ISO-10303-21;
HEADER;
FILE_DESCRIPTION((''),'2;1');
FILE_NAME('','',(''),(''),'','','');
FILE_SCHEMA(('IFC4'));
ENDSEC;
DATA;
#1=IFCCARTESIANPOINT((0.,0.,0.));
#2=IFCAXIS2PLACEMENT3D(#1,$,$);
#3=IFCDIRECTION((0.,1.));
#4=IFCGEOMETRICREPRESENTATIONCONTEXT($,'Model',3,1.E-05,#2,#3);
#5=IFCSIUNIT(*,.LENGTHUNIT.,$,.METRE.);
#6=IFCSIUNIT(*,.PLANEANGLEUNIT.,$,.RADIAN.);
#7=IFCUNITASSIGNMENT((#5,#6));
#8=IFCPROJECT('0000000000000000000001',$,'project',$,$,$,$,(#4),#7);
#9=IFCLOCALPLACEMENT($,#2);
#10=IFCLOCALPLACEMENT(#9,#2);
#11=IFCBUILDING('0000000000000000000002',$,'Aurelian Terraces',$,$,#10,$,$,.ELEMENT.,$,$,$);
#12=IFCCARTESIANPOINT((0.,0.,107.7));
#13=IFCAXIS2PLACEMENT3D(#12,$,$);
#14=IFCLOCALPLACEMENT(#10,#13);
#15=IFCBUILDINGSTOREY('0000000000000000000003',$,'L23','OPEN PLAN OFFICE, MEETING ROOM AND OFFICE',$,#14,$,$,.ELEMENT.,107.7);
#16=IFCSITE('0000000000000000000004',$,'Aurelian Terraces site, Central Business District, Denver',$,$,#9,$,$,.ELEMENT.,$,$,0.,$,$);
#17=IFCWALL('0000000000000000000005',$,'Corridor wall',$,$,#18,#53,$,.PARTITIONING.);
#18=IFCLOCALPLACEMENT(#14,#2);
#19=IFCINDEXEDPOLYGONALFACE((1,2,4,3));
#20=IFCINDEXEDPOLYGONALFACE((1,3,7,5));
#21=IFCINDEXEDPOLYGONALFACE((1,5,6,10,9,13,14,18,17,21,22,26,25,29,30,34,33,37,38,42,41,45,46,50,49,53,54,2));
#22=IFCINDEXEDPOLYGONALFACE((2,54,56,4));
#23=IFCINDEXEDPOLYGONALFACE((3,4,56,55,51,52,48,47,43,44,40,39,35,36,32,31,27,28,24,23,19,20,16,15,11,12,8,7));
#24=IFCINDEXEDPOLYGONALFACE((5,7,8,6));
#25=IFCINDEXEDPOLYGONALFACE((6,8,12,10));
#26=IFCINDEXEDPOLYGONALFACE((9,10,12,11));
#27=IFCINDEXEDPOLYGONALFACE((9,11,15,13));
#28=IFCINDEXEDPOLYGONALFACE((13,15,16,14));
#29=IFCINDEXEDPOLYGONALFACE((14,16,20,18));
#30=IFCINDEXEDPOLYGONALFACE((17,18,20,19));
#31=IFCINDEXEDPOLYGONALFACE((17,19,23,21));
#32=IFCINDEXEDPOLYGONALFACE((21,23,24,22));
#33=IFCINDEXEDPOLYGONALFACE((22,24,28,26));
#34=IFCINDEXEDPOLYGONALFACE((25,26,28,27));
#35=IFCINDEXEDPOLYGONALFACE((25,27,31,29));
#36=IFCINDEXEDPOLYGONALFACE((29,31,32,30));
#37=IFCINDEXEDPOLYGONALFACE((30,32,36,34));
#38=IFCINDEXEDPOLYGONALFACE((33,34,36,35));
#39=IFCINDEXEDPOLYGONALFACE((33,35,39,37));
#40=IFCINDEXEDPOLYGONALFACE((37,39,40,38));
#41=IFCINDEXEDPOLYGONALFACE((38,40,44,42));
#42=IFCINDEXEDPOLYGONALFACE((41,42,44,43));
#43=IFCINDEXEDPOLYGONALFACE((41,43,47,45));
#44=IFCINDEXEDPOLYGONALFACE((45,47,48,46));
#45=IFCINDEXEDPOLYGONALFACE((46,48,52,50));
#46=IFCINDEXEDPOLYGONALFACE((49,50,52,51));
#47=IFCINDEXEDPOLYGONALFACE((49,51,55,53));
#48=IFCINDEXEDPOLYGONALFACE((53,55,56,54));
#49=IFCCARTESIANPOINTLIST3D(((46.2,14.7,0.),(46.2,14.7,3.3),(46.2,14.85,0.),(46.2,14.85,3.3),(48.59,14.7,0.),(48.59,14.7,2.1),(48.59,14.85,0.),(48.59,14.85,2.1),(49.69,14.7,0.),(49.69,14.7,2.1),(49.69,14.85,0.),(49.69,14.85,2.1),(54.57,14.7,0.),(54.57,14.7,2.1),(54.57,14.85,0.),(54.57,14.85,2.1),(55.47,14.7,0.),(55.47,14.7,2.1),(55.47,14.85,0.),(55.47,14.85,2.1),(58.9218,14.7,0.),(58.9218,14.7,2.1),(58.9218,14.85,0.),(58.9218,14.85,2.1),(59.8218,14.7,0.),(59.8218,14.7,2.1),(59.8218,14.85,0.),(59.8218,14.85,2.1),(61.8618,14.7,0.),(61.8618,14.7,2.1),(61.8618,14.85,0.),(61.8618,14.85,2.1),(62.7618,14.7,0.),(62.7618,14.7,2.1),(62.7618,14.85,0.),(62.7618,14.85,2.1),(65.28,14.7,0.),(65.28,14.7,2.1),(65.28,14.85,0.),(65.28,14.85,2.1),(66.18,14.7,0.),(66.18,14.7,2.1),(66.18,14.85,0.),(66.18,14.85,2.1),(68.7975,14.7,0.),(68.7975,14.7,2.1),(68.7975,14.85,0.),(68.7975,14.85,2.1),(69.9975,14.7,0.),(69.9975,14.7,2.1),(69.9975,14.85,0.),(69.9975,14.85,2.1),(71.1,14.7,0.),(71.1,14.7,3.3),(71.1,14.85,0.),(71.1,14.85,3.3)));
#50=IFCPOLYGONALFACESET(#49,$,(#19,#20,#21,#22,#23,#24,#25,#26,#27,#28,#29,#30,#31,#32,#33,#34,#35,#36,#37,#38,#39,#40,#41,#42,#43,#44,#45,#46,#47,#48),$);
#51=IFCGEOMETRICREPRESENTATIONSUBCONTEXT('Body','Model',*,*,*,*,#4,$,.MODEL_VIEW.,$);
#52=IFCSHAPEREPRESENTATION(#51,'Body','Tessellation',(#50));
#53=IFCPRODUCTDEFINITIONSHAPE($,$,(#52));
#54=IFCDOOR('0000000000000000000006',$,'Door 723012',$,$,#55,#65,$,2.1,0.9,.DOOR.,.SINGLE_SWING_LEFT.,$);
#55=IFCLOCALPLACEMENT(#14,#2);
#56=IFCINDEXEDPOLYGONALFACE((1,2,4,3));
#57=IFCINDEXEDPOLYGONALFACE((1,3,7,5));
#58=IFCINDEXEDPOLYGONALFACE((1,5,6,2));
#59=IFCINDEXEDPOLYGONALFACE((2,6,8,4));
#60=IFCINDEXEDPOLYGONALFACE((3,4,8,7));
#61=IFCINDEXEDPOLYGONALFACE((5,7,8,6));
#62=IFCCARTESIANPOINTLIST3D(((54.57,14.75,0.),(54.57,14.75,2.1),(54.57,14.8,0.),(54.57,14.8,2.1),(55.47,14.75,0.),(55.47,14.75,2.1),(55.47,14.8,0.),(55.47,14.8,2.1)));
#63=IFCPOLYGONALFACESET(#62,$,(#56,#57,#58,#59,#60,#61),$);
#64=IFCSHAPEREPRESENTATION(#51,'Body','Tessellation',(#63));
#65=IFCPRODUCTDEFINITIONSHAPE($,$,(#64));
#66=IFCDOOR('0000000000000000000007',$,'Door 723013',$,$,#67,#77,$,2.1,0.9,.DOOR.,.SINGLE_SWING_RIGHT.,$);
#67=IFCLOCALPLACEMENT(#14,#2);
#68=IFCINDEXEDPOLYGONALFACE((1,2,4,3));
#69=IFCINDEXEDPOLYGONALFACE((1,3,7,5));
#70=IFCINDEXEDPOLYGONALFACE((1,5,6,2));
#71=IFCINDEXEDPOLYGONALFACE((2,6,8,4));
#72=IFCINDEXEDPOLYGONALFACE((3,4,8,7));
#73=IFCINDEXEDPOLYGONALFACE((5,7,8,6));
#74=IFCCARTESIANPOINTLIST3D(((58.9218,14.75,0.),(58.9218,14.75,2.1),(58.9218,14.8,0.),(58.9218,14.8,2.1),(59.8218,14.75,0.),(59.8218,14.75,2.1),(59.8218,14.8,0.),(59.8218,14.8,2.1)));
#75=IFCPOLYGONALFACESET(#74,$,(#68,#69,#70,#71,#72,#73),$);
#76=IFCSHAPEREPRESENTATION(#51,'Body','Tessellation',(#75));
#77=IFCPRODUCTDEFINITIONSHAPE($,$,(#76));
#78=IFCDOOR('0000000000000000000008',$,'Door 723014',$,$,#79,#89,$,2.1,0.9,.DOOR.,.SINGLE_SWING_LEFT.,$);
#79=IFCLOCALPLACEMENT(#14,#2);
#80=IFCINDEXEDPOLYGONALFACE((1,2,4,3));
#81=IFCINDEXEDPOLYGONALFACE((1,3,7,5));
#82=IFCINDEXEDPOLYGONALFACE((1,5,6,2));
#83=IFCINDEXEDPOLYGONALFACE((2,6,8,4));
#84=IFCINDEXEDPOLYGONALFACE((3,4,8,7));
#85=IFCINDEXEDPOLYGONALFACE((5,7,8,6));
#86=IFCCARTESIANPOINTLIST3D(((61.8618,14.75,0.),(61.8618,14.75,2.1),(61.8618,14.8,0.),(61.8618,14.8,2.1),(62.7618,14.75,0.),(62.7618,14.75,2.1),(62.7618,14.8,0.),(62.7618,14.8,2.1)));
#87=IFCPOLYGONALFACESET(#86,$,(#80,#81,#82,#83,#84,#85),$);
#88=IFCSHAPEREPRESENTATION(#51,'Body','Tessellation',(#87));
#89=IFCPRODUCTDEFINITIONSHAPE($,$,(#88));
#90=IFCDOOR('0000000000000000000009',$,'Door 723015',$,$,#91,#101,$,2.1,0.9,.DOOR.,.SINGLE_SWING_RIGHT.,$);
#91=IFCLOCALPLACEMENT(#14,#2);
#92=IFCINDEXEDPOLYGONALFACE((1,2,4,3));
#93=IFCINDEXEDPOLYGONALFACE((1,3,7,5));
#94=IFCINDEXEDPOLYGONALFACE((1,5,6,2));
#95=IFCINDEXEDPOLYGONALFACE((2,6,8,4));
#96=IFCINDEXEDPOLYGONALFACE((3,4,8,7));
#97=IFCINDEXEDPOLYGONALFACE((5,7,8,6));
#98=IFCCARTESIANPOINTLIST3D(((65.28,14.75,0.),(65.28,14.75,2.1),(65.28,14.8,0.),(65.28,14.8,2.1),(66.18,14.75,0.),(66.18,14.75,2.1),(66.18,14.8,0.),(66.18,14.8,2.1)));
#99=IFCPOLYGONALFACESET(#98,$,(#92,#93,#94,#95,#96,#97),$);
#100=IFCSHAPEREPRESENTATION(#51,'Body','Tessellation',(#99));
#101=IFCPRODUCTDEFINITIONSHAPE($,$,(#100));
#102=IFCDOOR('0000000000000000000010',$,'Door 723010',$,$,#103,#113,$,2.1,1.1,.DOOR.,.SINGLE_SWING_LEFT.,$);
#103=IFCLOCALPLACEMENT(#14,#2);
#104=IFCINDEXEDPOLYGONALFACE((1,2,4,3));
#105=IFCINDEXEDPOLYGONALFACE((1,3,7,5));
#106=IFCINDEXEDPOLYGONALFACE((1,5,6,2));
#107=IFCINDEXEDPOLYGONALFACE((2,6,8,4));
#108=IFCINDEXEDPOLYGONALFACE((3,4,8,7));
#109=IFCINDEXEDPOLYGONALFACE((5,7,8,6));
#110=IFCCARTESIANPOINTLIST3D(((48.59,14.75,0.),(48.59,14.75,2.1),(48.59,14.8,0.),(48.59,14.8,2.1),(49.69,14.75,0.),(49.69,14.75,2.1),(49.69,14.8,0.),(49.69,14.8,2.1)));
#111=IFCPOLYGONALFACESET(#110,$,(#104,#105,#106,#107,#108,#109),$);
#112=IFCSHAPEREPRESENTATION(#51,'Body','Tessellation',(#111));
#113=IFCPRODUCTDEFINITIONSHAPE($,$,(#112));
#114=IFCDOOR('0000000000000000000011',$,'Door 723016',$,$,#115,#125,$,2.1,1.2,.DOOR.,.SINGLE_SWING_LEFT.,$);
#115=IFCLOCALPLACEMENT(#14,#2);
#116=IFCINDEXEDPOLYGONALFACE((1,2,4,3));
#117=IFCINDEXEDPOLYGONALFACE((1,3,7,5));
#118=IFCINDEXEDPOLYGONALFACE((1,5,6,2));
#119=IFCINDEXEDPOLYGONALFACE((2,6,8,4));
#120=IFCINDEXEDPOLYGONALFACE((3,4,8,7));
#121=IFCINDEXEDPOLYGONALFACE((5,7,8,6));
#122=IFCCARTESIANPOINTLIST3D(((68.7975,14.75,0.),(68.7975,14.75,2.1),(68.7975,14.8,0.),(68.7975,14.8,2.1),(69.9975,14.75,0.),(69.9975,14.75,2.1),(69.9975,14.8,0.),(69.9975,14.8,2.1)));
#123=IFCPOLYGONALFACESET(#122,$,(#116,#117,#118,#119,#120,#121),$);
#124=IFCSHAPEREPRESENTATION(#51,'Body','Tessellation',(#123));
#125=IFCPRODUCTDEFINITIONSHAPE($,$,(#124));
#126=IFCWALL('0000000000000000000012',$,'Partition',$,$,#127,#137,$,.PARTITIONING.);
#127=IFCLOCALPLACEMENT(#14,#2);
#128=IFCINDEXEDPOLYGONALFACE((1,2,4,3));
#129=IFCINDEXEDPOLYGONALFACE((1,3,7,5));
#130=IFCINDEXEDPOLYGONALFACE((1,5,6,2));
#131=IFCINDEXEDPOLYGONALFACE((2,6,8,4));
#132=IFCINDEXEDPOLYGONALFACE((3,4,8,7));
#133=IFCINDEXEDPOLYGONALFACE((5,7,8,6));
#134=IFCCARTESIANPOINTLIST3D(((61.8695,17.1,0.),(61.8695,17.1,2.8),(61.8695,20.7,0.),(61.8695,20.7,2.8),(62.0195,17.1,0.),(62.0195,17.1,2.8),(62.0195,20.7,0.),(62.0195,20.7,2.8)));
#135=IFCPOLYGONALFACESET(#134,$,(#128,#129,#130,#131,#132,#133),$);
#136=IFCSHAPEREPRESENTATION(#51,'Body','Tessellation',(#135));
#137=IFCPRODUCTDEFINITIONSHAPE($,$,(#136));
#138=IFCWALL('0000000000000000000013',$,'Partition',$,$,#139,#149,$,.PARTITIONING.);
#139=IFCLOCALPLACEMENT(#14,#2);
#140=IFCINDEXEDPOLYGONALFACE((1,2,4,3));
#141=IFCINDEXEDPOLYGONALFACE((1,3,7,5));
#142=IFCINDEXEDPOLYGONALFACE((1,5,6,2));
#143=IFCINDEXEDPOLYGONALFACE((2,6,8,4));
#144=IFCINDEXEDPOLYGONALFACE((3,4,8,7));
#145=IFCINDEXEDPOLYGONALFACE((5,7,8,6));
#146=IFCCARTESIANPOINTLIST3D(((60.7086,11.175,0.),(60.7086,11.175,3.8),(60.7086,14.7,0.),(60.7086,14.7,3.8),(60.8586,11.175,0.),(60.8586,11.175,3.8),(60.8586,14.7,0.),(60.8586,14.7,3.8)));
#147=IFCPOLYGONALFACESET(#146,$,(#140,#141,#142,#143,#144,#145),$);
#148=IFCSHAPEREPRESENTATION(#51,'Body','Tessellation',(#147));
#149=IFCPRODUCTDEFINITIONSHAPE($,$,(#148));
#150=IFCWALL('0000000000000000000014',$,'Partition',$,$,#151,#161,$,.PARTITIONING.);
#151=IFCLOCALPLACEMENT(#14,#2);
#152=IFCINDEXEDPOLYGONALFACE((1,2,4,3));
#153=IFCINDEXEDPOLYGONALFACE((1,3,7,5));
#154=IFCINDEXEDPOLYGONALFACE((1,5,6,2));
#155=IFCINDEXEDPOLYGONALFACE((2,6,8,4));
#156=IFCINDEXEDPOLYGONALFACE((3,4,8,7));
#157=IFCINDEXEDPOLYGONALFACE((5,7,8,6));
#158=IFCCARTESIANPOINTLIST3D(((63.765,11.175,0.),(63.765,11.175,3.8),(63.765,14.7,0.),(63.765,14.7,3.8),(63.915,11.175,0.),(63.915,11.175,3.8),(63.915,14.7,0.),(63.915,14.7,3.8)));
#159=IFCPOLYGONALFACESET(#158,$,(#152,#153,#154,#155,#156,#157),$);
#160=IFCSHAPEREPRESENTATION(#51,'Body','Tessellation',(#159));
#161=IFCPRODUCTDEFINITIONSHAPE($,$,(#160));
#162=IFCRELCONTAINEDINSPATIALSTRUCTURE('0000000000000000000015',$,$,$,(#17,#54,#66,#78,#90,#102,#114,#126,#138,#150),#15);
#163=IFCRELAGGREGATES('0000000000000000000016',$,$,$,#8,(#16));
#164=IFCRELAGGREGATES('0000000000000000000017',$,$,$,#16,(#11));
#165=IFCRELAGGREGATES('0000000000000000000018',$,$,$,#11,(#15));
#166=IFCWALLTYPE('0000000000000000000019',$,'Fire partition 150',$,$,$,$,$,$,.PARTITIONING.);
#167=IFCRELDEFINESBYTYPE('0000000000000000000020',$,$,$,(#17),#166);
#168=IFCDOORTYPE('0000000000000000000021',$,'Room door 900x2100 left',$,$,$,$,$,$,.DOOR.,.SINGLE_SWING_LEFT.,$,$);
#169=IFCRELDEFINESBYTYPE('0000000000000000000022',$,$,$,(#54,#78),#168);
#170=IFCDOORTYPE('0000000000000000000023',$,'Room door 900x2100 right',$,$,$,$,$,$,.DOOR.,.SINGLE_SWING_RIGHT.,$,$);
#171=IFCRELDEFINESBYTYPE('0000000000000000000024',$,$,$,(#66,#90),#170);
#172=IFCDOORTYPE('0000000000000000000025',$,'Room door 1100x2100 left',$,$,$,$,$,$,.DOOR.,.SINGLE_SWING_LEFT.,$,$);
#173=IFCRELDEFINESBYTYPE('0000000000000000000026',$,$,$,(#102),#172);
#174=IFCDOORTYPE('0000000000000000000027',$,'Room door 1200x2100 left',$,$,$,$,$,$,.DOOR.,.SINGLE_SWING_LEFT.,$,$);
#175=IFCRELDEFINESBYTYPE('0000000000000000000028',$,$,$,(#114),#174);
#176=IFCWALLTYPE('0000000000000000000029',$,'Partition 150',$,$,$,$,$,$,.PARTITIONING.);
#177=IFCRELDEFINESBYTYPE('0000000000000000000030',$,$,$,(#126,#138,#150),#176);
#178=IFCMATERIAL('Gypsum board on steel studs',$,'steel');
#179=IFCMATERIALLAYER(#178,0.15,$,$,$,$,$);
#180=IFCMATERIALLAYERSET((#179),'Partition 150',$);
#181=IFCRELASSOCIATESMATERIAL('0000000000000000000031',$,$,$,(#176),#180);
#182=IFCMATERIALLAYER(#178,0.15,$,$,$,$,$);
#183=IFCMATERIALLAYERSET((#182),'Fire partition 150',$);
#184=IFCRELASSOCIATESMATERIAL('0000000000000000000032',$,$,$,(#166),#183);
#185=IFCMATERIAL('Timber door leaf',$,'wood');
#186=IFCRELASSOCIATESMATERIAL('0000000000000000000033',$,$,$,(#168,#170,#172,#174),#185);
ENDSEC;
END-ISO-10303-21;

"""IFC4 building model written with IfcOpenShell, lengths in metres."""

from ifc_helpers import new_model, si_unit, direction, frame, frame_2d, origin, place, context, subcontext, project, spatial, rectangle, extrude, source, transform, mapped, material, layer, layer_set, type_object, element, fill, save


model = new_model("IFC4")

# Units and contexts
model_context = context("Model", 3, precision=1e-05, world=origin(), true_north=direction((0.0, 1.0)))
body_context = subcontext(model_context, "Body", "Model", "MODEL_VIEW")
ifc_project = project(units=[si_unit("LENGTHUNIT", "METRE"), si_unit("PLANEANGLEUNIT", "RADIAN")], contexts=[model_context])

# Site, building, storey
site_placement = place(None, origin())
site = spatial("IfcSite", under=ifc_project, at=site_placement, Name="Aurelian Terraces site, Central Business District, Denver", CompositionType="ELEMENT", RefElevation=0.0)
building_placement = place(site_placement, origin())
building = spatial("IfcBuilding", under=site, at=building_placement, Name="Aurelian Terraces", CompositionType="ELEMENT")
storey_placement = place(building_placement, frame((0.0, 0.0, 107.7)))
storey = spatial("IfcBuildingStorey", under=building, at=storey_placement, Name="L23", Description="OPEN PLAN OFFICE, MEETING ROOM AND OFFICE", CompositionType="ELEMENT", Elevation=107.7)

# Shared definitions
ifc_material_1 = material(Name="Gypsum board on steel studs", Category="steel")
ifc_layer_1 = layer(ifc_material_1, 0.15)
ifc_layer_set_1 = layer_set([ifc_layer_1], Name="Partition 150")
wall_type_1 = type_object("IfcWallType", Name="Partition 150", PredefinedType="PARTITIONING", material=ifc_layer_set_1)

# Wall, openings, doors
ifc_layer_2 = layer(ifc_material_1, 0.15)
ifc_layer_set_2 = layer_set([ifc_layer_2], Name="Fire partition 150")
wall_type_2 = type_object("IfcWallType", Name="Fire partition 150", PredefinedType="PARTITIONING", material=ifc_layer_set_2)
shared_shape_1 = source(origin(), body_context, "Body", "SweptSolid", [
    extrude(rectangle(XDim=24.9, YDim=0.15, at=frame_2d((12.45, 0.0))), origin(), (0.0, 0.0, 1.0), 3.3),
])
wall_1_placement = place(storey_placement, frame((71.1, 14.775, 0.0), z_axis=(0.0, 0.0, 1.0), x_axis=(-1.0, 0.0, 0.0)))
wall_1 = element("IfcWall", 1, at=wall_1_placement, inside=storey, type_object=wall_type_2, Name="Corridor wall", PredefinedType="PARTITIONING", context=body_context, shape_type="MappedRepresentation", body=[
    mapped(shared_shape_1, transform((0.0, 0.0, 0.0), scale=1.0)),
])
shared_shape_2 = source(origin(), body_context, "Body", "SweptSolid", [
    extrude(rectangle(XDim=1.1, YDim=2.1, at=frame_2d((0.55, 1.05))), frame((0.0, 0.085, 0.0), z_axis=(0.0, -1.0, 0.0), x_axis=(1.0, 0.0, 0.0)), (0.0, 0.0, 1.0), 0.17),
])
opening_1_placement = place(wall_1_placement, frame((21.41, 0.0, 0.0)))
opening_1 = element("IfcOpeningElement", 2, at=opening_1_placement, cuts=wall_1, PredefinedType="OPENING", context=body_context, shape_type="MappedRepresentation", body=[
    mapped(shared_shape_2, transform((0.0, 0.0, 0.0), scale=1.0)),
])
shared_shape_3 = source(origin(), body_context, "Body", "SweptSolid", [
    extrude(rectangle(XDim=0.9, YDim=2.1, at=frame_2d((0.45, 1.05))), frame((0.0, 0.085, 0.0), z_axis=(0.0, -1.0, 0.0), x_axis=(1.0, 0.0, 0.0)), (0.0, 0.0, 1.0), 0.17),
])
opening_2_placement = place(wall_1_placement, frame((15.63, 0.0, 0.0)))
opening_2 = element("IfcOpeningElement", 3, at=opening_2_placement, cuts=wall_1, PredefinedType="OPENING", context=body_context, shape_type="MappedRepresentation", body=[
    mapped(shared_shape_3, transform((0.0, 0.0, 0.0), scale=1.0)),
])
opening_3_placement = place(wall_1_placement, frame((11.2782, 0.0, 0.0)))
opening_3 = element("IfcOpeningElement", 4, at=opening_3_placement, cuts=wall_1, PredefinedType="OPENING", context=body_context, shape_type="MappedRepresentation", body=[
    mapped(shared_shape_3, transform((0.0, 0.0, 0.0), scale=1.0)),
])
opening_4_placement = place(wall_1_placement, frame((8.3382, 0.0, 0.0)))
opening_4 = element("IfcOpeningElement", 5, at=opening_4_placement, cuts=wall_1, PredefinedType="OPENING", context=body_context, shape_type="MappedRepresentation", body=[
    mapped(shared_shape_3, transform((0.0, 0.0, 0.0), scale=1.0)),
])
opening_5_placement = place(wall_1_placement, frame((4.92, 0.0, 0.0)))
opening_5 = element("IfcOpeningElement", 6, at=opening_5_placement, cuts=wall_1, PredefinedType="OPENING", context=body_context, shape_type="MappedRepresentation", body=[
    mapped(shared_shape_3, transform((0.0, 0.0, 0.0), scale=1.0)),
])
shared_shape_4 = source(origin(), body_context, "Body", "SweptSolid", [
    extrude(rectangle(XDim=1.2, YDim=2.1, at=frame_2d((0.6, 1.05))), frame((0.0, 0.085, 0.0), z_axis=(0.0, -1.0, 0.0), x_axis=(1.0, 0.0, 0.0)), (0.0, 0.0, 1.0), 0.17),
])
opening_6_placement = place(wall_1_placement, frame((1.1025, 0.0, 0.0)))
opening_6 = element("IfcOpeningElement", 7, at=opening_6_placement, cuts=wall_1, PredefinedType="OPENING", context=body_context, shape_type="MappedRepresentation", body=[
    mapped(shared_shape_4, transform((0.0, 0.0, 0.0), scale=1.0)),
])
ifc_material_2 = material(Name="Timber door leaf", Category="wood")
door_type_1 = type_object("IfcDoorType", Name="Room door 900x2100 left", OperationType="SINGLE_SWING_LEFT", PredefinedType="DOOR", material=ifc_material_2)
shared_shape_5 = source(origin(), body_context, "Body", "SweptSolid", [
    extrude(rectangle(XDim=0.9, YDim=2.1, at=frame_2d((0.45, 1.05))), frame((0.0, 0.025, 0.0), z_axis=(0.0, -1.0, 0.0), x_axis=(1.0, 0.0, 0.0)), (0.0, 0.0, 1.0), 0.05),
])
door_1_placement = place(opening_2_placement, origin())
door_1 = element("IfcDoor", 8, at=door_1_placement, inside=storey, type_object=door_type_1, Name="Door 723012", OperationType="SINGLE_SWING_LEFT", OverallHeight=2.1, OverallWidth=0.9, PredefinedType="DOOR", context=body_context, shape_type="MappedRepresentation", body=[
    mapped(shared_shape_5, transform((0.0, 0.0, 0.0), scale=1.0)),
])
fill(opening_2, door_1)
door_type_2 = type_object("IfcDoorType", Name="Room door 900x2100 right", OperationType="SINGLE_SWING_RIGHT", PredefinedType="DOOR", material=ifc_material_2)
door_2_placement = place(opening_3_placement, origin())
door_2 = element("IfcDoor", 9, at=door_2_placement, inside=storey, type_object=door_type_2, Name="Door 723013", OperationType="SINGLE_SWING_RIGHT", OverallHeight=2.1, OverallWidth=0.9, PredefinedType="DOOR", context=body_context, shape_type="MappedRepresentation", body=[
    mapped(shared_shape_5, transform((0.0, 0.0, 0.0), scale=1.0)),
])
fill(opening_3, door_2)
door_3_placement = place(opening_4_placement, origin())
door_3 = element("IfcDoor", 10, at=door_3_placement, inside=storey, type_object=door_type_1, Name="Door 723014", OperationType="SINGLE_SWING_LEFT", OverallHeight=2.1, OverallWidth=0.9, PredefinedType="DOOR", context=body_context, shape_type="MappedRepresentation", body=[
    mapped(shared_shape_5, transform((0.0, 0.0, 0.0), scale=1.0)),
])
fill(opening_4, door_3)
door_4_placement = place(opening_5_placement, origin())
door_4 = element("IfcDoor", 11, at=door_4_placement, inside=storey, type_object=door_type_2, Name="Door 723015", OperationType="SINGLE_SWING_RIGHT", OverallHeight=2.1, OverallWidth=0.9, PredefinedType="DOOR", context=body_context, shape_type="MappedRepresentation", body=[
    mapped(shared_shape_5, transform((0.0, 0.0, 0.0), scale=1.0)),
])
fill(opening_5, door_4)
door_type_3 = type_object("IfcDoorType", Name="Room door 1100x2100 left", OperationType="SINGLE_SWING_LEFT", PredefinedType="DOOR", material=ifc_material_2)
shared_shape_6 = source(origin(), body_context, "Body", "SweptSolid", [
    extrude(rectangle(XDim=1.1, YDim=2.1, at=frame_2d((0.55, 1.05))), frame((0.0, 0.025, 0.0), z_axis=(0.0, -1.0, 0.0), x_axis=(1.0, 0.0, 0.0)), (0.0, 0.0, 1.0), 0.05),
])
door_5_placement = place(opening_1_placement, origin())
door_5 = element("IfcDoor", 12, at=door_5_placement, inside=storey, type_object=door_type_3, Name="Door 723010", OperationType="SINGLE_SWING_LEFT", OverallHeight=2.1, OverallWidth=1.1, PredefinedType="DOOR", context=body_context, shape_type="MappedRepresentation", body=[
    mapped(shared_shape_6, transform((0.0, 0.0, 0.0), scale=1.0)),
])
fill(opening_1, door_5)
door_type_4 = type_object("IfcDoorType", Name="Room door 1200x2100 left", OperationType="SINGLE_SWING_LEFT", PredefinedType="DOOR", material=ifc_material_2)
shared_shape_7 = source(origin(), body_context, "Body", "SweptSolid", [
    extrude(rectangle(XDim=1.2, YDim=2.1, at=frame_2d((0.6, 1.05))), frame((0.0, 0.025, 0.0), z_axis=(0.0, -1.0, 0.0), x_axis=(1.0, 0.0, 0.0)), (0.0, 0.0, 1.0), 0.05),
])
door_6_placement = place(opening_6_placement, origin())
door_6 = element("IfcDoor", 13, at=door_6_placement, inside=storey, type_object=door_type_4, Name="Door 723016", OperationType="SINGLE_SWING_LEFT", OverallHeight=2.1, OverallWidth=1.2, PredefinedType="DOOR", context=body_context, shape_type="MappedRepresentation", body=[
    mapped(shared_shape_7, transform((0.0, 0.0, 0.0), scale=1.0)),
])
fill(opening_6, door_6)

# Walls
shared_shape_8 = source(origin(), body_context, "Body", "SweptSolid", [
    extrude(rectangle(XDim=3.6, YDim=0.15, at=frame_2d((1.8, 0.0))), origin(), (0.0, 0.0, 1.0), 2.8),
])
wall_2_placement = place(storey_placement, frame((61.9445, 20.7, 0.0), z_axis=(0.0, 0.0, 1.0), x_axis=(0.0, -1.0, 0.0)))
element("IfcWall", 14, at=wall_2_placement, inside=storey, type_object=wall_type_1, Name="Partition", PredefinedType="PARTITIONING", context=body_context, shape_type="MappedRepresentation", body=[
    mapped(shared_shape_8, transform((0.0, 0.0, 0.0), scale=1.0)),
])
shared_shape_9 = source(origin(), body_context, "Body", "SweptSolid", [
    extrude(rectangle(XDim=3.525, YDim=0.15, at=frame_2d((1.7625, 0.0))), origin(), (0.0, 0.0, 1.0), 3.8),
])
for number, where, z_axis, x_axis, name in (
    (15, (60.7836, 11.175, 0.0), (0.0, 0.0, 1.0), (0.0, 1.0, 0.0), "Partition"),
    (16, (63.84, 11.175, 0.0), (0.0, 0.0, 1.0), (0.0, 1.0, 0.0), "Partition"),
):
    element("IfcWall", number, at=place(storey_placement, frame(where, z_axis=z_axis, x_axis=x_axis)), inside=storey, type_object=wall_type_1, Name=name, PredefinedType="PARTITIONING", context=body_context, shape_type="MappedRepresentation", body=[
        mapped(shared_shape_9, transform((0.0, 0.0, 0.0), scale=1.0)),
    ])

save(model, "model.ifc")
